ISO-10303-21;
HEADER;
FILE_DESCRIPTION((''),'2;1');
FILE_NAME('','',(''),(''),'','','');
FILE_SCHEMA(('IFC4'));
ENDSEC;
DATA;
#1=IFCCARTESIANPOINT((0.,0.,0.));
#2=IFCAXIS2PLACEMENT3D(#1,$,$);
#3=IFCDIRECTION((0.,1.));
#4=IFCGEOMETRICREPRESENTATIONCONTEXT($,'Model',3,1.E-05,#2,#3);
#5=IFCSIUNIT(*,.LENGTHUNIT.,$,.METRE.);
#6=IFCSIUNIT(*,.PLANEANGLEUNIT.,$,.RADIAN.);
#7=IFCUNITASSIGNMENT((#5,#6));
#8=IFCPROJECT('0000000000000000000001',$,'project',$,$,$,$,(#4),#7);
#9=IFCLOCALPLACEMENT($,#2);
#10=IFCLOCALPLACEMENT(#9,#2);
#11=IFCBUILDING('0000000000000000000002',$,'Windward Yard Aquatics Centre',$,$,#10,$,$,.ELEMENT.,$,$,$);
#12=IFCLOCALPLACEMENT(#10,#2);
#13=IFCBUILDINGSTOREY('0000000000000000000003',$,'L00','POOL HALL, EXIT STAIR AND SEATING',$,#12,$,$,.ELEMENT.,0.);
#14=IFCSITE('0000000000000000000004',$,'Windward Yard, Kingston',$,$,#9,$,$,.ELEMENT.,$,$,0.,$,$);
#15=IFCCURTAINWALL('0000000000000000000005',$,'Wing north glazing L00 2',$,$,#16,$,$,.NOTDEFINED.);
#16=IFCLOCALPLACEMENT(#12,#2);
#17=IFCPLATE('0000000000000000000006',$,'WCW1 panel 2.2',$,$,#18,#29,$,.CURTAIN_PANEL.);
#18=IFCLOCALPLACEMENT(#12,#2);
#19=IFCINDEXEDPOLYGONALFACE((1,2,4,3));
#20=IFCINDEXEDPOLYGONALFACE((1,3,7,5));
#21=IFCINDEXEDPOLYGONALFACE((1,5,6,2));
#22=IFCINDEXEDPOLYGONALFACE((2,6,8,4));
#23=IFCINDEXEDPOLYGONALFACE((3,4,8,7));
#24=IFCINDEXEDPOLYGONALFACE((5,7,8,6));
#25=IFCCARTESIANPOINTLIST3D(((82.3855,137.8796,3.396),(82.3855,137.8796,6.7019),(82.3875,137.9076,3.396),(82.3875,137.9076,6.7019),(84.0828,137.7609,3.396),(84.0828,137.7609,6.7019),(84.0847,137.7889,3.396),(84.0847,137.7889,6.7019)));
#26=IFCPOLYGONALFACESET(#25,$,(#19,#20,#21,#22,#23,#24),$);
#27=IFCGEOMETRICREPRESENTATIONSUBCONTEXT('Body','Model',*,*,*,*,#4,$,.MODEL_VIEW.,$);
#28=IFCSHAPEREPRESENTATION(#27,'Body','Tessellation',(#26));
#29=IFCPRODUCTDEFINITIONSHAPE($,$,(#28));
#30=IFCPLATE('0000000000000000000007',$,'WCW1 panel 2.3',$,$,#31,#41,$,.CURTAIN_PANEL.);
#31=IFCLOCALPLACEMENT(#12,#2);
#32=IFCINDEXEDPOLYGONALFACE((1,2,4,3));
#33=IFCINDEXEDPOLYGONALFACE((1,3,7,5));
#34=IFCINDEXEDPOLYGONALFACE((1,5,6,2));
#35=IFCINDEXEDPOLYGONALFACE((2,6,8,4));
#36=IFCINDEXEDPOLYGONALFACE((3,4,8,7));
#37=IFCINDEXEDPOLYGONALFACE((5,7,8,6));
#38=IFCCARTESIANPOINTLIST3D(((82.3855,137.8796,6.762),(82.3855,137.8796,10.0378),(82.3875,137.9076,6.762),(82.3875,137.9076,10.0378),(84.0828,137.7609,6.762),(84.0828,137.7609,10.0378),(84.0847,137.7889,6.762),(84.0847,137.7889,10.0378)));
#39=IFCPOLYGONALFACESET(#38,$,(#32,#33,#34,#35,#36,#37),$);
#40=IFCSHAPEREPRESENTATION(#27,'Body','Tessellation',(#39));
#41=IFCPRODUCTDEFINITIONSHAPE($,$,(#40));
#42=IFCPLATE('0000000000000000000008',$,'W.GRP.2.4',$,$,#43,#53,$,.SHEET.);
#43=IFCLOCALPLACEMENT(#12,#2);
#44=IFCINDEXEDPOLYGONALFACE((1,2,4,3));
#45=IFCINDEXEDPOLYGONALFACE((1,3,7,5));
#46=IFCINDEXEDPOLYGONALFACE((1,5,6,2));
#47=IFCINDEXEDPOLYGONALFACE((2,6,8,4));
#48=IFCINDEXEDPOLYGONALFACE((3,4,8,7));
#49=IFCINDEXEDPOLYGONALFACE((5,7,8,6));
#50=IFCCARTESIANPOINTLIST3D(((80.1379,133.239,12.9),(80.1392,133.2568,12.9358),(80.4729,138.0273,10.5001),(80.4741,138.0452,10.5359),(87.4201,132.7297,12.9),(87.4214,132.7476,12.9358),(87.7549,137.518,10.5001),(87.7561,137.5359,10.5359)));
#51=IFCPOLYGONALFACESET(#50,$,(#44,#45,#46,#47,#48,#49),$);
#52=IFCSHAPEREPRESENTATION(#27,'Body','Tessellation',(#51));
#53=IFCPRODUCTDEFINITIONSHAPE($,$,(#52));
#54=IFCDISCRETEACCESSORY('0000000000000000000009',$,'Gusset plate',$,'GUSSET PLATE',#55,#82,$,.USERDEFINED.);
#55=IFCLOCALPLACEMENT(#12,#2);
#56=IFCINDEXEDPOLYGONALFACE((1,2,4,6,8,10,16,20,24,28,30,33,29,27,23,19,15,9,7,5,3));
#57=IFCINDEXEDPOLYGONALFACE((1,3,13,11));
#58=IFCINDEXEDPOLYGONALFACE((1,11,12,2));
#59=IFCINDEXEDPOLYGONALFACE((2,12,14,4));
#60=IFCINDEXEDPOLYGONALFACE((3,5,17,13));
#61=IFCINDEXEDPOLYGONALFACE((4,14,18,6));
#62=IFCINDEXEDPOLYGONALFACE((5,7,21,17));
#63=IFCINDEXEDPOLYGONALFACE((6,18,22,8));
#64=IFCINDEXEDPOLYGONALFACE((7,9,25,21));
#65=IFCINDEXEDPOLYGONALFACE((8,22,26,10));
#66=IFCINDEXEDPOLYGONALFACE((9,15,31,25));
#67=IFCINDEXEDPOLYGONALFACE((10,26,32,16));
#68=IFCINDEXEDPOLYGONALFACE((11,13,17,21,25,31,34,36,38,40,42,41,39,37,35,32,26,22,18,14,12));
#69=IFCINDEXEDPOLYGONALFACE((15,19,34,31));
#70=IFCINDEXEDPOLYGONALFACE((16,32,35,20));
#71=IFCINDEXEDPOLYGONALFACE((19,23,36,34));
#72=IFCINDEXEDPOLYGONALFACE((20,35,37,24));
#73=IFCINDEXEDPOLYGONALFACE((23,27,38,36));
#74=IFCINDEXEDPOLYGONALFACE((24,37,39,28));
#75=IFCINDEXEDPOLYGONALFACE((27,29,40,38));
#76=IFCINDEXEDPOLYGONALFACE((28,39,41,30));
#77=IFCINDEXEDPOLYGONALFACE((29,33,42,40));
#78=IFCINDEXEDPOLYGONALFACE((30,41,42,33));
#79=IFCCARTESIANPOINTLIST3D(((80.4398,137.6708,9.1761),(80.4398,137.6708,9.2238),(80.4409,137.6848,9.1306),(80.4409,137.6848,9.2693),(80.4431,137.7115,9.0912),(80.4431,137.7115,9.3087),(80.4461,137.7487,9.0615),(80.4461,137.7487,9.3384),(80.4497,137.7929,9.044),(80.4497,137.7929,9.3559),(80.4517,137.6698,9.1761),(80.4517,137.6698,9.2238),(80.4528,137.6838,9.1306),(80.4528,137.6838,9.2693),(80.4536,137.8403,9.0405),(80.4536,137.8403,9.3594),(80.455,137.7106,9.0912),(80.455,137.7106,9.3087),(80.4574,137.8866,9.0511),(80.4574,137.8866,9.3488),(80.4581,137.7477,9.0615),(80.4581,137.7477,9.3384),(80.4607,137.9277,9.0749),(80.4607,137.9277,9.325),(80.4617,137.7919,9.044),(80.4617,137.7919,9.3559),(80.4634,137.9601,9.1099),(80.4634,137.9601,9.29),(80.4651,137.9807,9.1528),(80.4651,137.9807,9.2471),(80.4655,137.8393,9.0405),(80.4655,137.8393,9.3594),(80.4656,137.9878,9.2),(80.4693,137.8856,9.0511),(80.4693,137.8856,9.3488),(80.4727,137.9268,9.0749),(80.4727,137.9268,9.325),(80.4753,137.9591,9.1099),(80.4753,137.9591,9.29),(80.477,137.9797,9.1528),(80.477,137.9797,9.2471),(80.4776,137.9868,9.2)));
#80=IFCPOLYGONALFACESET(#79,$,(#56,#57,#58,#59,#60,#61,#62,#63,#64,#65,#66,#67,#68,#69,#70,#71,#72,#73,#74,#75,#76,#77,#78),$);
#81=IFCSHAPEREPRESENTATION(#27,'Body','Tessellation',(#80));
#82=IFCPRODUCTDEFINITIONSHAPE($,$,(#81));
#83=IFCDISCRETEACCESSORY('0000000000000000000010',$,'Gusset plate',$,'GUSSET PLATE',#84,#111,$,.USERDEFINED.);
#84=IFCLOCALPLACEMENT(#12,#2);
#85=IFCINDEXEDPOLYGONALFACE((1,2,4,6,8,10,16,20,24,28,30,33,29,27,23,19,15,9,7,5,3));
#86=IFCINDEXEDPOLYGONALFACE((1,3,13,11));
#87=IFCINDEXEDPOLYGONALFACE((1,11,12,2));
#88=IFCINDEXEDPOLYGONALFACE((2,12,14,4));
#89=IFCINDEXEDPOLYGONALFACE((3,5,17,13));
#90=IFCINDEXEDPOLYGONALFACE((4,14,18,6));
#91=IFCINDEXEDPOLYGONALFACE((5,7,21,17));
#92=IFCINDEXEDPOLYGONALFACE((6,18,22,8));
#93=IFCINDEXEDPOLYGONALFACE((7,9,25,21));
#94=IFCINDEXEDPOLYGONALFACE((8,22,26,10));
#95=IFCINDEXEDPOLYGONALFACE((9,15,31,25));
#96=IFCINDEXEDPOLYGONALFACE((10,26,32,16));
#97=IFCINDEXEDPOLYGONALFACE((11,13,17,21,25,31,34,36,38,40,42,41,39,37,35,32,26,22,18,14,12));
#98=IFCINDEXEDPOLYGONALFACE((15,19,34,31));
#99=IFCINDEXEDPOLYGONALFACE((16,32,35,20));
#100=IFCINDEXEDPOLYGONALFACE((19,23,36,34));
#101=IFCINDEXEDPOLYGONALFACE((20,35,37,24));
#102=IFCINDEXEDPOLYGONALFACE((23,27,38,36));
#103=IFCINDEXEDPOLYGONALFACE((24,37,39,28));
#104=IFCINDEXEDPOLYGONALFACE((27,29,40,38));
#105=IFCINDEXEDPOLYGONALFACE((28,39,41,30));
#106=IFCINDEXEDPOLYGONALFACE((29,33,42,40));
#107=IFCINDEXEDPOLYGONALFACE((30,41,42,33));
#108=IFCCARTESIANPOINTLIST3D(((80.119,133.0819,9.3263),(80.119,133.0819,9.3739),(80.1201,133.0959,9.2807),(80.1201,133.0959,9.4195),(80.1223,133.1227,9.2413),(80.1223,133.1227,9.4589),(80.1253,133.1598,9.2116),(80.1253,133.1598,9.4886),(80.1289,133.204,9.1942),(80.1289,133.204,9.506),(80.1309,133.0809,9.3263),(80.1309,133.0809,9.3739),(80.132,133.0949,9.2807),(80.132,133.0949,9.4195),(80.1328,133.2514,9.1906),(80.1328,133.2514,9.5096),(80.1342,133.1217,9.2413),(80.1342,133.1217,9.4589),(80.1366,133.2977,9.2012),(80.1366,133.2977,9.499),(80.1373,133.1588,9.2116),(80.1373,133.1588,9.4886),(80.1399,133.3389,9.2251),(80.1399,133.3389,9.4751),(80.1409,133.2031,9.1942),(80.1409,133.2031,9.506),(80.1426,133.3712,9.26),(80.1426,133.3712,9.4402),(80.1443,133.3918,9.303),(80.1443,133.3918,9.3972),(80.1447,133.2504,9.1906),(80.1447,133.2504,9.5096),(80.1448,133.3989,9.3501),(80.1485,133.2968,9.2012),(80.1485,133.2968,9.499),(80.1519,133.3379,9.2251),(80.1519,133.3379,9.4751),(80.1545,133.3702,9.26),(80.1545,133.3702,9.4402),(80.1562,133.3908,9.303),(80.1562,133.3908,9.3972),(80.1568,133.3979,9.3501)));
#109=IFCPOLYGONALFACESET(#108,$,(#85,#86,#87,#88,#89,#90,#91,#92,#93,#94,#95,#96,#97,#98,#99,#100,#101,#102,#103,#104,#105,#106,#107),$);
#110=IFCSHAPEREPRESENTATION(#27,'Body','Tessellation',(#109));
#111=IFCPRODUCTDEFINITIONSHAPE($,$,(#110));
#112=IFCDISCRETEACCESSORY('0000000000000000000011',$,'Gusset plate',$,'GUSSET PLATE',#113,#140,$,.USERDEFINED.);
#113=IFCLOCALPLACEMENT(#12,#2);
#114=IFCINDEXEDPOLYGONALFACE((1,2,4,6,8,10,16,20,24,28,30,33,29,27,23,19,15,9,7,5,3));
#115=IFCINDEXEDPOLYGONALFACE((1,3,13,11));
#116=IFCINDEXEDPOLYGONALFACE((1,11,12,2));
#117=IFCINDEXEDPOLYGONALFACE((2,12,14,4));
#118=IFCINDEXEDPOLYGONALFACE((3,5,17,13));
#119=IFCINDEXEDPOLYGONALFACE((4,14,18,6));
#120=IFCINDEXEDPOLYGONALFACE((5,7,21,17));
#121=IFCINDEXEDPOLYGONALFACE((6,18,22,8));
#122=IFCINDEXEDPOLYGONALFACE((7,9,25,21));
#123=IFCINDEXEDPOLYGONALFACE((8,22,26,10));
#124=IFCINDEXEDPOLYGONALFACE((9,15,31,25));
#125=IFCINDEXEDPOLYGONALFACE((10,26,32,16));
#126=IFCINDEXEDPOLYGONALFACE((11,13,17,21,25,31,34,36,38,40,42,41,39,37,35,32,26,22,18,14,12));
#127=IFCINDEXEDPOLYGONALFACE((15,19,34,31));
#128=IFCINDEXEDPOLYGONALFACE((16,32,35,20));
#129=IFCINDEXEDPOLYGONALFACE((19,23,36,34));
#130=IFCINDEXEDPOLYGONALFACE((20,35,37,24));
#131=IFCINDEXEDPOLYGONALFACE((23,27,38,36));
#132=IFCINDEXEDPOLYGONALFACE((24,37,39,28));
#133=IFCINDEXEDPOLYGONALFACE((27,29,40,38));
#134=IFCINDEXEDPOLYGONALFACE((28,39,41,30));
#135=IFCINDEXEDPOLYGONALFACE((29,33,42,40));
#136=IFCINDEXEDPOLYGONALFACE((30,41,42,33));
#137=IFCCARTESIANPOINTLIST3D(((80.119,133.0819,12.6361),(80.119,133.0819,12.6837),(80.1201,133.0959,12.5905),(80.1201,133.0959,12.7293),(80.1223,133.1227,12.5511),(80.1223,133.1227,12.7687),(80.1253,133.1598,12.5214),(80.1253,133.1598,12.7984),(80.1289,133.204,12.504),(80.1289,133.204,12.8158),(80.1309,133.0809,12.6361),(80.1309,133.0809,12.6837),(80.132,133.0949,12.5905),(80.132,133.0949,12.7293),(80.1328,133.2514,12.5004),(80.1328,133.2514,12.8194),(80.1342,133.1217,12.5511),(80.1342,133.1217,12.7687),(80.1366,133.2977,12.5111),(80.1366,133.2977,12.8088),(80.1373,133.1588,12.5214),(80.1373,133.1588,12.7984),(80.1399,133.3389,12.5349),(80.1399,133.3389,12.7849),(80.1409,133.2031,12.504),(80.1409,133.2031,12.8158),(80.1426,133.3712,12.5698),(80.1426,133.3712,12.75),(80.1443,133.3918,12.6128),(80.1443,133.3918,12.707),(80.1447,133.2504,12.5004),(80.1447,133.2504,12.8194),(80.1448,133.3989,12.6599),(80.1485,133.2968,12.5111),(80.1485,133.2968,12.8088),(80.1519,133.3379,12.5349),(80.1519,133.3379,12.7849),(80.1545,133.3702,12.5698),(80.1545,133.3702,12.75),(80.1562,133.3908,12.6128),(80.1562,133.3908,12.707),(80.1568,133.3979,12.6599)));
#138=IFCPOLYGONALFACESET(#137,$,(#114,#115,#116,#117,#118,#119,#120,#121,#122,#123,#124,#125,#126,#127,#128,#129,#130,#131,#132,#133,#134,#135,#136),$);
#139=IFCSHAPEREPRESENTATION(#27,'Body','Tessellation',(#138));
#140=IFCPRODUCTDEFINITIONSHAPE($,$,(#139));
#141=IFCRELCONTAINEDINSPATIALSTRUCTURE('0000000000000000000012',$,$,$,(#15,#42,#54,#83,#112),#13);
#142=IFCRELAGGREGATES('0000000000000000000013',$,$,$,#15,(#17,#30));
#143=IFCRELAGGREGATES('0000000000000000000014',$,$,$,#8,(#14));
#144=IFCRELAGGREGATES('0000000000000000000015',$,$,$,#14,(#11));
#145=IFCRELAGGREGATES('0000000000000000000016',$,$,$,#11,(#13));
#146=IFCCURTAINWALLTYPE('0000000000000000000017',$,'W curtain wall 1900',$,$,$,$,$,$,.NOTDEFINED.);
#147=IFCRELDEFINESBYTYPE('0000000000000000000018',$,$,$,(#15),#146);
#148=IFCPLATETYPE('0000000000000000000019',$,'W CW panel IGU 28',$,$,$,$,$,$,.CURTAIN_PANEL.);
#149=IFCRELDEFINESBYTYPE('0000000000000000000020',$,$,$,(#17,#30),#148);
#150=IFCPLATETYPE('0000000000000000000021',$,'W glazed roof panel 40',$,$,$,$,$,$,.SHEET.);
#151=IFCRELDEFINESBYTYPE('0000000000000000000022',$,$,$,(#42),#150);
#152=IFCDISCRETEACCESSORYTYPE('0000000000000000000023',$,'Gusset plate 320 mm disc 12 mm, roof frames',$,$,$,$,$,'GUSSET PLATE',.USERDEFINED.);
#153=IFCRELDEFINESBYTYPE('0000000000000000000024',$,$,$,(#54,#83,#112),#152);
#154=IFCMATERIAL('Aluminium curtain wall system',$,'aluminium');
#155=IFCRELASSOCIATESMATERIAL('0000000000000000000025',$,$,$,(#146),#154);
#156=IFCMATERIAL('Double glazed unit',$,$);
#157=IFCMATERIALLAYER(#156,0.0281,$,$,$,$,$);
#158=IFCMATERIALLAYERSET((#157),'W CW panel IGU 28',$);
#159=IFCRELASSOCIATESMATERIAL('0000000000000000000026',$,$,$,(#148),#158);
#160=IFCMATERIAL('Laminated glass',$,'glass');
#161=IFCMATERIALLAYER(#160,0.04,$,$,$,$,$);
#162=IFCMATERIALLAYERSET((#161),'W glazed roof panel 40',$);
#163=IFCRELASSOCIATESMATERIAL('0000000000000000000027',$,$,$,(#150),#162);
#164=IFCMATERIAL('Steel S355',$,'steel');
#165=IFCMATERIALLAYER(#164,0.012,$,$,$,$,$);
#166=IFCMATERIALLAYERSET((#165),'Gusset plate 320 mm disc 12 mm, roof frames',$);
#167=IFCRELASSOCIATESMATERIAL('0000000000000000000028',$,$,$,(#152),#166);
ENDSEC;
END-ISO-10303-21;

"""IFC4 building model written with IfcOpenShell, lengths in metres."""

from ifc_helpers import new_model, si_unit, direction, frame, origin, origin_2d, place, context, subcontext, project, spatial, polyline, rectangle, circle, outline, extrude, material, layer, layer_set, type_object, element, aggregate, save


model = new_model("IFC4")

# Units and contexts
model_context = context("Model", 3, precision=1e-05, world=origin(), true_north=direction((0.0, 1.0)))
body_context = subcontext(model_context, "Body", "Model", "MODEL_VIEW")
ifc_project = project(units=[si_unit("LENGTHUNIT", "METRE"), si_unit("PLANEANGLEUNIT", "RADIAN")], contexts=[model_context])

# Site, building, storey
site_placement = place(None, origin())
site = spatial("IfcSite", under=ifc_project, at=site_placement, Name="Windward Yard, Kingston", CompositionType="ELEMENT", RefElevation=0.0)
building_placement = place(site_placement, origin())
building = spatial("IfcBuilding", under=site, at=building_placement, Name="Windward Yard Aquatics Centre", CompositionType="ELEMENT")
storey_placement = place(building_placement, origin())
storey = spatial("IfcBuildingStorey", under=building, at=storey_placement, Name="L00", Description="POOL HALL, EXIT STAIR AND SEATING", CompositionType="ELEMENT", Elevation=0.0)

# Shared definitions
ifc_material_1 = material(Name="Steel S355", Category="steel")

# Curtain wall
ifc_material_2 = material(Name="Aluminium curtain wall system", Category="aluminium")
curtain_wall_type = type_object("IfcCurtainWallType", Name="W curtain wall 1900", PredefinedType="NOTDEFINED", material=ifc_material_2)
curtain_wall_1_placement = place(storey_placement, origin())
curtain_wall_1 = element("IfcCurtainWall", 1, at=curtain_wall_1_placement, inside=storey, type_object=curtain_wall_type, Name="Wing north glazing L00 2", PredefinedType="NOTDEFINED")

# Plates
ifc_material_3 = material(Name="Double glazed unit")
ifc_layer_1 = layer(ifc_material_3, 0.0281)
ifc_layer_set_1 = layer_set([ifc_layer_1], Name="W CW panel IGU 28")
plate_type_1 = type_object("IfcPlateType", Name="W CW panel IGU 28", PredefinedType="CURTAIN_PANEL", material=ifc_layer_set_1)
plate_1_placement = place(storey_placement, frame((83.2351, 137.8342, 3.396), z_axis=(0.0, 0.0, 1.0), x_axis=(0.997564, -0.069756, 0.0)))
plate_1 = element("IfcPlate", 2, at=plate_1_placement, type_object=plate_type_1, Name="WCW1 panel 2.2", PredefinedType="CURTAIN_PANEL", context=body_context, shape_type="SweptSolid", body=[
    extrude(rectangle(XDim=1.7014, YDim=0.0281, at=origin_2d()), origin(), (0.0, 0.0, 1.0), 3.3059),
])
plate_2_placement = place(storey_placement, frame((83.2351, 137.8342, 6.762), z_axis=(0.0, 0.0, 1.0), x_axis=(0.997564, -0.069756, 0.0)))
plate_2 = element("IfcPlate", 3, at=plate_2_placement, type_object=plate_type_1, Name="WCW1 panel 2.3", PredefinedType="CURTAIN_PANEL", context=body_context, shape_type="SweptSolid", body=[
    extrude(rectangle(XDim=1.7014, YDim=0.0281, at=origin_2d()), origin(), (0.0, 0.0, 1.0), 3.2759),
])
aggregate(curtain_wall_1, [plate_1, plate_2])
ifc_material_4 = material(Name="Laminated glass", Category="glass")
ifc_layer_2 = layer(ifc_material_4, 0.04)
ifc_layer_set_2 = layer_set([ifc_layer_2], Name="W glazed roof panel 40")
plate_type_2 = type_object("IfcPlateType", Name="W glazed roof panel 40", PredefinedType="SHEET", material=ifc_layer_set_2)
plate_3_placement = place(storey_placement, frame((80.1392, 133.2568, 12.9358), z_axis=(0.031199, 0.446108, 0.894435), x_axis=(0.997564, -0.069764, 0.0)))
element("IfcPlate", 4, at=plate_3_placement, inside=storey, type_object=plate_type_2, Name="W.GRP.2.4", PredefinedType="SHEET", context=body_context, shape_type="SweptSolid", body=[
    extrude(outline(polyline([(0.0, 0.0), (7.3, 0.0), (7.2999, 5.3665), (0.0001, 5.3665), (0.0, 0.0)])), origin(), (0.0, 0.0, -1.0), 0.04),
])

# Discrete accessories
ifc_layer_3 = layer(ifc_material_1, 0.012)
ifc_layer_set_3 = layer_set([ifc_layer_3], Name="Gusset plate 320 mm disc 12 mm, roof frames")
discrete_accessory_type = type_object("IfcDiscreteAccessoryType", Name="Gusset plate 320 mm disc 12 mm, roof frames", ElementType="GUSSET PLATE", PredefinedType="USERDEFINED", material=ifc_layer_set_3)
for number, where, z_axis, x_axis, name in (
    (5, (80.4526, 137.8284, 9.2), (0.996685, -0.081362, 0.0), (0.081362, 0.996685, 0.0), "Gusset plate"),
    (6, (80.1318, 133.2395, 9.3501), (0.996685, -0.081362, 0.0), (0.081362, 0.996685, 0.0), "Gusset plate"),
    (7, (80.1318, 133.2395, 12.6599), (0.996685, -0.081362, 0.0), (0.081362, 0.996685, 0.0), "Gusset plate"),
):
    element("IfcDiscreteAccessory", number, at=place(storey_placement, frame(where, z_axis=z_axis, x_axis=x_axis)), inside=storey, type_object=discrete_accessory_type, Name=name, ObjectType="GUSSET PLATE", PredefinedType="USERDEFINED", context=body_context, shape_type="SweptSolid", body=[
        extrude(circle(Radius=0.1599, at=origin_2d()), origin(), (0.0, 0.0, 1.0), 0.012),
    ])

save(model, "model.ifc")
